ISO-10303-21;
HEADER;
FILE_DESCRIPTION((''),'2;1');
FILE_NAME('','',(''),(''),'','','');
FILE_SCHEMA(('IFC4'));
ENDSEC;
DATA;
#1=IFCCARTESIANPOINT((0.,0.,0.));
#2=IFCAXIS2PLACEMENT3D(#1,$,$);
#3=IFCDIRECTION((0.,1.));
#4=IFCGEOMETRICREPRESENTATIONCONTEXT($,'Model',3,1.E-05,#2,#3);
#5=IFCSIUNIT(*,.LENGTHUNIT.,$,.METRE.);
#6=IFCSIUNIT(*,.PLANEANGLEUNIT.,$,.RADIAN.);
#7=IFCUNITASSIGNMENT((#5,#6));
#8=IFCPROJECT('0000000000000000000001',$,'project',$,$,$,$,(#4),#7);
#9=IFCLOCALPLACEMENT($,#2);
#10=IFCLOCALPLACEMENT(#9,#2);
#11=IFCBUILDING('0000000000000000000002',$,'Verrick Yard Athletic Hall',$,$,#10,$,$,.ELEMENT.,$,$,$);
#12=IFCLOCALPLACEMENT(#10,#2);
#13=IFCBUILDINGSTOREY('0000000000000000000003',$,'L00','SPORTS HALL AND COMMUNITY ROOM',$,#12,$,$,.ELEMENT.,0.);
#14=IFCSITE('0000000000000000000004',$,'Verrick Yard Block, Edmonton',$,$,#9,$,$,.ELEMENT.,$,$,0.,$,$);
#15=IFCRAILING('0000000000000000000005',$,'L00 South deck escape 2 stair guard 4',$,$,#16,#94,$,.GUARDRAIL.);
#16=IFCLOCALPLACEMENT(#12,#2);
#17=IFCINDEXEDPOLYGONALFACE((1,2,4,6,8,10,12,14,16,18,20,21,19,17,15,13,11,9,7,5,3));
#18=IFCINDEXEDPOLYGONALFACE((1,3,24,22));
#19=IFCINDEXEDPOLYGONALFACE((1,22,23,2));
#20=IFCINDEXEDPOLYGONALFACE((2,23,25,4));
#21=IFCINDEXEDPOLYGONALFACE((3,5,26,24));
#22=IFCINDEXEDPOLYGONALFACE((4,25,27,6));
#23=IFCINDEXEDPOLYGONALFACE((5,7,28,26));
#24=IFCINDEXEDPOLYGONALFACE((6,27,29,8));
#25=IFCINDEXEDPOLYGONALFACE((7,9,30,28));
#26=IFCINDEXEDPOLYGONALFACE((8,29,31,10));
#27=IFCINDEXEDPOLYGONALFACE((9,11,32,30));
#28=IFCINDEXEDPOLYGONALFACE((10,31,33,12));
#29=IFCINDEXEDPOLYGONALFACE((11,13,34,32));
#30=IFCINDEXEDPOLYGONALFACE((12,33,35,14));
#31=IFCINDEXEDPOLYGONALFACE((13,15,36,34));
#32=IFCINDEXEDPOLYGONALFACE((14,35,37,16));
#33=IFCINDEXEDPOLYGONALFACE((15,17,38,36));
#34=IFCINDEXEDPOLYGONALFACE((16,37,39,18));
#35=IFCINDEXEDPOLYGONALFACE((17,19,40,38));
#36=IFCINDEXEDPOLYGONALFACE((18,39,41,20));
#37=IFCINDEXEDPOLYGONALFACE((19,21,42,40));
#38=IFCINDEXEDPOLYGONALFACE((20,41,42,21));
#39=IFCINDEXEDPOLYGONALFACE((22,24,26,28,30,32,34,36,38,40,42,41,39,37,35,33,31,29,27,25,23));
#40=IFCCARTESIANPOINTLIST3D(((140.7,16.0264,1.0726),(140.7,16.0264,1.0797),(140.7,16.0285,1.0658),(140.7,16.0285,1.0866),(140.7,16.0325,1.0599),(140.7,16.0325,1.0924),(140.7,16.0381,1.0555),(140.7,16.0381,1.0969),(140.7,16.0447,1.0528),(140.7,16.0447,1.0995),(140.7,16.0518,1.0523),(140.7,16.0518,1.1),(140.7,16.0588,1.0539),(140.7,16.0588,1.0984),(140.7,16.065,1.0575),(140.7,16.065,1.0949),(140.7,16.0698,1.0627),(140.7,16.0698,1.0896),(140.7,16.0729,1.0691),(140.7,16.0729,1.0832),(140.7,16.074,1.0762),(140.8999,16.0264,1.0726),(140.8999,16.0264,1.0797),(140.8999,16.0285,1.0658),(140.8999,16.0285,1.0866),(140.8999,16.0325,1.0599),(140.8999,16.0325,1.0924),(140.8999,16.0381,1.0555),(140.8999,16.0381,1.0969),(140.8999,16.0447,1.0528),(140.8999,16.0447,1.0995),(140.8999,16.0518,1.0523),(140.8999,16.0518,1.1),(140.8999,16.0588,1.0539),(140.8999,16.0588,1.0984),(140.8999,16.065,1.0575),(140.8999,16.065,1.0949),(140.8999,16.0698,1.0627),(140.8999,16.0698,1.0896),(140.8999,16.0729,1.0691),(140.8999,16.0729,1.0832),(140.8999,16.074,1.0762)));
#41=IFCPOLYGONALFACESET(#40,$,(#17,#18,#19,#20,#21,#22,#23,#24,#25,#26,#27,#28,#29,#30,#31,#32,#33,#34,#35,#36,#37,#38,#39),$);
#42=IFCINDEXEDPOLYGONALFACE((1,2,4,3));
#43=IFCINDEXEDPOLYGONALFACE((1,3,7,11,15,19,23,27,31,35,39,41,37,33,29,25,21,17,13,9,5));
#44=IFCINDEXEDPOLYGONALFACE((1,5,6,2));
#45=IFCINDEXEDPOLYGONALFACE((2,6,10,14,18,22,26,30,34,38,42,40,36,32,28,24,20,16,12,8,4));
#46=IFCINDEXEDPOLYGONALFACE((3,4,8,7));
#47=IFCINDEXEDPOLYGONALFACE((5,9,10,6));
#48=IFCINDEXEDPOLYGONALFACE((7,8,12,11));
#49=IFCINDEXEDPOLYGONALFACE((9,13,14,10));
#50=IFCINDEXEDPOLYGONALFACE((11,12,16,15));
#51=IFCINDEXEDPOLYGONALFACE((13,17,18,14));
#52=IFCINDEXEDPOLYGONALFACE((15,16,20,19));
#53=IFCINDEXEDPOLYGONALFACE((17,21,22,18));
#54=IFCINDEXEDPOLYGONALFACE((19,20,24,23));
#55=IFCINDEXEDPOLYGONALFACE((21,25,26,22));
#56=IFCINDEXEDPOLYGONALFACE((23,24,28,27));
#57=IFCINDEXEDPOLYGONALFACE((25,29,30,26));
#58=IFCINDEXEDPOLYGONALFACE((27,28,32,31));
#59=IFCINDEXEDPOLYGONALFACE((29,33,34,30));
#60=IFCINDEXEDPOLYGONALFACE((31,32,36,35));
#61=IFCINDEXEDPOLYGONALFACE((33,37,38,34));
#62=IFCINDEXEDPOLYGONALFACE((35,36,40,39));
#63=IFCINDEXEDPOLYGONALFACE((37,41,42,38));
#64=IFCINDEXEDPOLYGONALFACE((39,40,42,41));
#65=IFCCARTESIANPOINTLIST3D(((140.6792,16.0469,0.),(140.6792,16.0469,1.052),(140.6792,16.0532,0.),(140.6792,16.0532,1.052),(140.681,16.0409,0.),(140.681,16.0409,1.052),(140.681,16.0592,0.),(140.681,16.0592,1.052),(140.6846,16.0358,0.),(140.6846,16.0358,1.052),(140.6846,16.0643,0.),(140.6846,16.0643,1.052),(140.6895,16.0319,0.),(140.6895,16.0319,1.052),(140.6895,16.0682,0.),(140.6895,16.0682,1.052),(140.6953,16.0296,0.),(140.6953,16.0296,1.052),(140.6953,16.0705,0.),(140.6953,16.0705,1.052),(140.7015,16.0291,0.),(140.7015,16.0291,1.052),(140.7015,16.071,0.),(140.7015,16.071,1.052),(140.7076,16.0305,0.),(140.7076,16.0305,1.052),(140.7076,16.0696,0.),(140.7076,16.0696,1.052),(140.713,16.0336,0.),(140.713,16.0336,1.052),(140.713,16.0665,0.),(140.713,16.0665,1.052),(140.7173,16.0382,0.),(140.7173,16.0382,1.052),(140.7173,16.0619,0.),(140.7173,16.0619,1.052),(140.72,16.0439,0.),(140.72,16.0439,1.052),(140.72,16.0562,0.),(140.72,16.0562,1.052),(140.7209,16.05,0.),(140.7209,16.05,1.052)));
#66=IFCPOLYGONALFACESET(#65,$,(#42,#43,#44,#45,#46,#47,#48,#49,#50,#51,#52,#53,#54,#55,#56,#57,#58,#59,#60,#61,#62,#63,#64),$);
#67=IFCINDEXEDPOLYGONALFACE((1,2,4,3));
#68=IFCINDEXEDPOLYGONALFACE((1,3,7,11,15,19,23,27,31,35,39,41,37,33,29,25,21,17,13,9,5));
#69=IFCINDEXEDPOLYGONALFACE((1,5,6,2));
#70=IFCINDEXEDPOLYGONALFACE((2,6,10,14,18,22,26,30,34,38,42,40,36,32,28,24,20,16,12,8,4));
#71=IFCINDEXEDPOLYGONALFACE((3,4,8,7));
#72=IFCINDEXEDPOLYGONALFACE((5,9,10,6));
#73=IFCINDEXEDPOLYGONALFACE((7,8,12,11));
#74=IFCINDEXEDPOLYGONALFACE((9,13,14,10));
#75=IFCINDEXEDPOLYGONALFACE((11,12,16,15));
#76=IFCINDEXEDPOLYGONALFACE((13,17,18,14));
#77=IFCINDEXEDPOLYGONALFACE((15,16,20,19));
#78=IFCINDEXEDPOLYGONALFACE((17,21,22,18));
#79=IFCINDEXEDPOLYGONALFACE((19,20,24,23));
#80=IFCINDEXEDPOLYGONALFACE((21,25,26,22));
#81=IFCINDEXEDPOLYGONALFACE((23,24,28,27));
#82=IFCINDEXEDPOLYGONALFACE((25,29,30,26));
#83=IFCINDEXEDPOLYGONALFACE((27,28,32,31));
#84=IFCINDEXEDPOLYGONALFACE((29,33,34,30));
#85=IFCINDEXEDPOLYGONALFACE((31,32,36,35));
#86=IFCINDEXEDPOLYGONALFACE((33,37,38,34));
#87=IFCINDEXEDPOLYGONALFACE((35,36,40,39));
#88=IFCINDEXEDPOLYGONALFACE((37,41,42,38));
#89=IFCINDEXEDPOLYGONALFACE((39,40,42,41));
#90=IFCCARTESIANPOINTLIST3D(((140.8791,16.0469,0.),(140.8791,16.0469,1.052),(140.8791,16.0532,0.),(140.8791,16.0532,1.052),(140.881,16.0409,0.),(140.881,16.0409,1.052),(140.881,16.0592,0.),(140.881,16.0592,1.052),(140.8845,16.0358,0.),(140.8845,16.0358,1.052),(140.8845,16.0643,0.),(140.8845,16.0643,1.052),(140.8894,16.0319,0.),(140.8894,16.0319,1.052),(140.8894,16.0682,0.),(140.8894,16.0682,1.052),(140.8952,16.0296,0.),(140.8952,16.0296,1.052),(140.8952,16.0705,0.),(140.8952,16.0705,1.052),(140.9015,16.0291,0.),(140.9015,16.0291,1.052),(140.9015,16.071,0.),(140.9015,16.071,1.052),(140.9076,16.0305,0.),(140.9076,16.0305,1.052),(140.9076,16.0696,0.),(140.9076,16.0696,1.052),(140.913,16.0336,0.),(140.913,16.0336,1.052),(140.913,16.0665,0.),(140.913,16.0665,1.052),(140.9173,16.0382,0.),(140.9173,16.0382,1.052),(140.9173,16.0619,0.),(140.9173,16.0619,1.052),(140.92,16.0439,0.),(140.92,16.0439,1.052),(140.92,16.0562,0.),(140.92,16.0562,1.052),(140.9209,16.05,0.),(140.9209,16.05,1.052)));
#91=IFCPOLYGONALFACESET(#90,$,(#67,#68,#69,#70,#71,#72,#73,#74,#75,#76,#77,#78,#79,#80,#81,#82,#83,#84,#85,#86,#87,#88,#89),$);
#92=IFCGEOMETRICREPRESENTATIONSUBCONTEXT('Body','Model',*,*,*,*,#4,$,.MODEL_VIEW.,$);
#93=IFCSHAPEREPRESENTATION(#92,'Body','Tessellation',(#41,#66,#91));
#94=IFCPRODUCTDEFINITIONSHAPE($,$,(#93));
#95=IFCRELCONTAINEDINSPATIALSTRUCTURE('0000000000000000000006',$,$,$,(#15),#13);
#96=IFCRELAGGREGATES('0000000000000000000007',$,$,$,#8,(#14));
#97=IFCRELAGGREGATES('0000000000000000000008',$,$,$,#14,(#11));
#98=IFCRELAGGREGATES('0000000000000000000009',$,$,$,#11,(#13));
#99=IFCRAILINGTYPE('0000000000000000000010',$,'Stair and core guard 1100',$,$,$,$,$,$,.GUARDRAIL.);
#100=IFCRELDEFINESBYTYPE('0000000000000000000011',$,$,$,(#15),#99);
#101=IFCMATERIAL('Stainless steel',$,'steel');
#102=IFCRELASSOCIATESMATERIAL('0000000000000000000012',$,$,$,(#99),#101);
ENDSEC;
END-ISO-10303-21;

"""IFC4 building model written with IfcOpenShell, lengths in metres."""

from ifc_helpers import new_model, si_unit, direction, frame, origin, origin_2d, place, context, subcontext, project, spatial, circle, extrude, material, type_object, element, save


model = new_model("IFC4")

# Units and contexts
model_context = context("Model", 3, precision=1e-05, world=origin(), true_north=direction((0.0, 1.0)))
body_context = subcontext(model_context, "Body", "Model", "MODEL_VIEW")
ifc_project = project(units=[si_unit("LENGTHUNIT", "METRE"), si_unit("PLANEANGLEUNIT", "RADIAN")], contexts=[model_context])

# Site, building, storey
site_placement = place(None, origin())
site = spatial("IfcSite", under=ifc_project, at=site_placement, Name="Verrick Yard Block, Edmonton", CompositionType="ELEMENT", RefElevation=0.0)
building_placement = place(site_placement, origin())
building = spatial("IfcBuilding", under=site, at=building_placement, Name="Verrick Yard Athletic Hall", CompositionType="ELEMENT")
storey_placement = place(building_placement, origin())
storey = spatial("IfcBuildingStorey", under=building, at=storey_placement, Name="L00", Description="SPORTS HALL AND COMMUNITY ROOM", CompositionType="ELEMENT", Elevation=0.0)

# Railing
ifc_material_1 = material(Name="Stainless steel", Category="steel")
railing_type_1 = type_object("IfcRailingType", Name="Stair and core guard 1100", PredefinedType="GUARDRAIL", material=ifc_material_1)
railing_1_placement = place(storey_placement, frame((140.7, 16.05, 0.0)))
element("IfcRailing", 1, at=railing_1_placement, inside=storey, type_object=railing_type_1, Name="L00 South deck escape 2 stair guard 4", PredefinedType="GUARDRAIL", context=body_context, shape_type="SweptSolid", body=[
    extrude(circle(Radius=0.0239, at=origin_2d()), frame((0.0, 0.0, 1.0762), z_axis=(1.0, 0.0, 0.0), x_axis=(0.0, 1.0, 0.0)), (0.0, 0.0, 1.0), 0.2),
    extrude(circle(Radius=0.021, at=origin_2d()), origin(), (0.0, 0.0, 1.0), 1.052),
    extrude(circle(Radius=0.021, at=origin_2d()), frame((0.2, 0.0, 0.0)), (0.0, 0.0, 1.0), 1.052),
])

save(model, "model.ifc")
